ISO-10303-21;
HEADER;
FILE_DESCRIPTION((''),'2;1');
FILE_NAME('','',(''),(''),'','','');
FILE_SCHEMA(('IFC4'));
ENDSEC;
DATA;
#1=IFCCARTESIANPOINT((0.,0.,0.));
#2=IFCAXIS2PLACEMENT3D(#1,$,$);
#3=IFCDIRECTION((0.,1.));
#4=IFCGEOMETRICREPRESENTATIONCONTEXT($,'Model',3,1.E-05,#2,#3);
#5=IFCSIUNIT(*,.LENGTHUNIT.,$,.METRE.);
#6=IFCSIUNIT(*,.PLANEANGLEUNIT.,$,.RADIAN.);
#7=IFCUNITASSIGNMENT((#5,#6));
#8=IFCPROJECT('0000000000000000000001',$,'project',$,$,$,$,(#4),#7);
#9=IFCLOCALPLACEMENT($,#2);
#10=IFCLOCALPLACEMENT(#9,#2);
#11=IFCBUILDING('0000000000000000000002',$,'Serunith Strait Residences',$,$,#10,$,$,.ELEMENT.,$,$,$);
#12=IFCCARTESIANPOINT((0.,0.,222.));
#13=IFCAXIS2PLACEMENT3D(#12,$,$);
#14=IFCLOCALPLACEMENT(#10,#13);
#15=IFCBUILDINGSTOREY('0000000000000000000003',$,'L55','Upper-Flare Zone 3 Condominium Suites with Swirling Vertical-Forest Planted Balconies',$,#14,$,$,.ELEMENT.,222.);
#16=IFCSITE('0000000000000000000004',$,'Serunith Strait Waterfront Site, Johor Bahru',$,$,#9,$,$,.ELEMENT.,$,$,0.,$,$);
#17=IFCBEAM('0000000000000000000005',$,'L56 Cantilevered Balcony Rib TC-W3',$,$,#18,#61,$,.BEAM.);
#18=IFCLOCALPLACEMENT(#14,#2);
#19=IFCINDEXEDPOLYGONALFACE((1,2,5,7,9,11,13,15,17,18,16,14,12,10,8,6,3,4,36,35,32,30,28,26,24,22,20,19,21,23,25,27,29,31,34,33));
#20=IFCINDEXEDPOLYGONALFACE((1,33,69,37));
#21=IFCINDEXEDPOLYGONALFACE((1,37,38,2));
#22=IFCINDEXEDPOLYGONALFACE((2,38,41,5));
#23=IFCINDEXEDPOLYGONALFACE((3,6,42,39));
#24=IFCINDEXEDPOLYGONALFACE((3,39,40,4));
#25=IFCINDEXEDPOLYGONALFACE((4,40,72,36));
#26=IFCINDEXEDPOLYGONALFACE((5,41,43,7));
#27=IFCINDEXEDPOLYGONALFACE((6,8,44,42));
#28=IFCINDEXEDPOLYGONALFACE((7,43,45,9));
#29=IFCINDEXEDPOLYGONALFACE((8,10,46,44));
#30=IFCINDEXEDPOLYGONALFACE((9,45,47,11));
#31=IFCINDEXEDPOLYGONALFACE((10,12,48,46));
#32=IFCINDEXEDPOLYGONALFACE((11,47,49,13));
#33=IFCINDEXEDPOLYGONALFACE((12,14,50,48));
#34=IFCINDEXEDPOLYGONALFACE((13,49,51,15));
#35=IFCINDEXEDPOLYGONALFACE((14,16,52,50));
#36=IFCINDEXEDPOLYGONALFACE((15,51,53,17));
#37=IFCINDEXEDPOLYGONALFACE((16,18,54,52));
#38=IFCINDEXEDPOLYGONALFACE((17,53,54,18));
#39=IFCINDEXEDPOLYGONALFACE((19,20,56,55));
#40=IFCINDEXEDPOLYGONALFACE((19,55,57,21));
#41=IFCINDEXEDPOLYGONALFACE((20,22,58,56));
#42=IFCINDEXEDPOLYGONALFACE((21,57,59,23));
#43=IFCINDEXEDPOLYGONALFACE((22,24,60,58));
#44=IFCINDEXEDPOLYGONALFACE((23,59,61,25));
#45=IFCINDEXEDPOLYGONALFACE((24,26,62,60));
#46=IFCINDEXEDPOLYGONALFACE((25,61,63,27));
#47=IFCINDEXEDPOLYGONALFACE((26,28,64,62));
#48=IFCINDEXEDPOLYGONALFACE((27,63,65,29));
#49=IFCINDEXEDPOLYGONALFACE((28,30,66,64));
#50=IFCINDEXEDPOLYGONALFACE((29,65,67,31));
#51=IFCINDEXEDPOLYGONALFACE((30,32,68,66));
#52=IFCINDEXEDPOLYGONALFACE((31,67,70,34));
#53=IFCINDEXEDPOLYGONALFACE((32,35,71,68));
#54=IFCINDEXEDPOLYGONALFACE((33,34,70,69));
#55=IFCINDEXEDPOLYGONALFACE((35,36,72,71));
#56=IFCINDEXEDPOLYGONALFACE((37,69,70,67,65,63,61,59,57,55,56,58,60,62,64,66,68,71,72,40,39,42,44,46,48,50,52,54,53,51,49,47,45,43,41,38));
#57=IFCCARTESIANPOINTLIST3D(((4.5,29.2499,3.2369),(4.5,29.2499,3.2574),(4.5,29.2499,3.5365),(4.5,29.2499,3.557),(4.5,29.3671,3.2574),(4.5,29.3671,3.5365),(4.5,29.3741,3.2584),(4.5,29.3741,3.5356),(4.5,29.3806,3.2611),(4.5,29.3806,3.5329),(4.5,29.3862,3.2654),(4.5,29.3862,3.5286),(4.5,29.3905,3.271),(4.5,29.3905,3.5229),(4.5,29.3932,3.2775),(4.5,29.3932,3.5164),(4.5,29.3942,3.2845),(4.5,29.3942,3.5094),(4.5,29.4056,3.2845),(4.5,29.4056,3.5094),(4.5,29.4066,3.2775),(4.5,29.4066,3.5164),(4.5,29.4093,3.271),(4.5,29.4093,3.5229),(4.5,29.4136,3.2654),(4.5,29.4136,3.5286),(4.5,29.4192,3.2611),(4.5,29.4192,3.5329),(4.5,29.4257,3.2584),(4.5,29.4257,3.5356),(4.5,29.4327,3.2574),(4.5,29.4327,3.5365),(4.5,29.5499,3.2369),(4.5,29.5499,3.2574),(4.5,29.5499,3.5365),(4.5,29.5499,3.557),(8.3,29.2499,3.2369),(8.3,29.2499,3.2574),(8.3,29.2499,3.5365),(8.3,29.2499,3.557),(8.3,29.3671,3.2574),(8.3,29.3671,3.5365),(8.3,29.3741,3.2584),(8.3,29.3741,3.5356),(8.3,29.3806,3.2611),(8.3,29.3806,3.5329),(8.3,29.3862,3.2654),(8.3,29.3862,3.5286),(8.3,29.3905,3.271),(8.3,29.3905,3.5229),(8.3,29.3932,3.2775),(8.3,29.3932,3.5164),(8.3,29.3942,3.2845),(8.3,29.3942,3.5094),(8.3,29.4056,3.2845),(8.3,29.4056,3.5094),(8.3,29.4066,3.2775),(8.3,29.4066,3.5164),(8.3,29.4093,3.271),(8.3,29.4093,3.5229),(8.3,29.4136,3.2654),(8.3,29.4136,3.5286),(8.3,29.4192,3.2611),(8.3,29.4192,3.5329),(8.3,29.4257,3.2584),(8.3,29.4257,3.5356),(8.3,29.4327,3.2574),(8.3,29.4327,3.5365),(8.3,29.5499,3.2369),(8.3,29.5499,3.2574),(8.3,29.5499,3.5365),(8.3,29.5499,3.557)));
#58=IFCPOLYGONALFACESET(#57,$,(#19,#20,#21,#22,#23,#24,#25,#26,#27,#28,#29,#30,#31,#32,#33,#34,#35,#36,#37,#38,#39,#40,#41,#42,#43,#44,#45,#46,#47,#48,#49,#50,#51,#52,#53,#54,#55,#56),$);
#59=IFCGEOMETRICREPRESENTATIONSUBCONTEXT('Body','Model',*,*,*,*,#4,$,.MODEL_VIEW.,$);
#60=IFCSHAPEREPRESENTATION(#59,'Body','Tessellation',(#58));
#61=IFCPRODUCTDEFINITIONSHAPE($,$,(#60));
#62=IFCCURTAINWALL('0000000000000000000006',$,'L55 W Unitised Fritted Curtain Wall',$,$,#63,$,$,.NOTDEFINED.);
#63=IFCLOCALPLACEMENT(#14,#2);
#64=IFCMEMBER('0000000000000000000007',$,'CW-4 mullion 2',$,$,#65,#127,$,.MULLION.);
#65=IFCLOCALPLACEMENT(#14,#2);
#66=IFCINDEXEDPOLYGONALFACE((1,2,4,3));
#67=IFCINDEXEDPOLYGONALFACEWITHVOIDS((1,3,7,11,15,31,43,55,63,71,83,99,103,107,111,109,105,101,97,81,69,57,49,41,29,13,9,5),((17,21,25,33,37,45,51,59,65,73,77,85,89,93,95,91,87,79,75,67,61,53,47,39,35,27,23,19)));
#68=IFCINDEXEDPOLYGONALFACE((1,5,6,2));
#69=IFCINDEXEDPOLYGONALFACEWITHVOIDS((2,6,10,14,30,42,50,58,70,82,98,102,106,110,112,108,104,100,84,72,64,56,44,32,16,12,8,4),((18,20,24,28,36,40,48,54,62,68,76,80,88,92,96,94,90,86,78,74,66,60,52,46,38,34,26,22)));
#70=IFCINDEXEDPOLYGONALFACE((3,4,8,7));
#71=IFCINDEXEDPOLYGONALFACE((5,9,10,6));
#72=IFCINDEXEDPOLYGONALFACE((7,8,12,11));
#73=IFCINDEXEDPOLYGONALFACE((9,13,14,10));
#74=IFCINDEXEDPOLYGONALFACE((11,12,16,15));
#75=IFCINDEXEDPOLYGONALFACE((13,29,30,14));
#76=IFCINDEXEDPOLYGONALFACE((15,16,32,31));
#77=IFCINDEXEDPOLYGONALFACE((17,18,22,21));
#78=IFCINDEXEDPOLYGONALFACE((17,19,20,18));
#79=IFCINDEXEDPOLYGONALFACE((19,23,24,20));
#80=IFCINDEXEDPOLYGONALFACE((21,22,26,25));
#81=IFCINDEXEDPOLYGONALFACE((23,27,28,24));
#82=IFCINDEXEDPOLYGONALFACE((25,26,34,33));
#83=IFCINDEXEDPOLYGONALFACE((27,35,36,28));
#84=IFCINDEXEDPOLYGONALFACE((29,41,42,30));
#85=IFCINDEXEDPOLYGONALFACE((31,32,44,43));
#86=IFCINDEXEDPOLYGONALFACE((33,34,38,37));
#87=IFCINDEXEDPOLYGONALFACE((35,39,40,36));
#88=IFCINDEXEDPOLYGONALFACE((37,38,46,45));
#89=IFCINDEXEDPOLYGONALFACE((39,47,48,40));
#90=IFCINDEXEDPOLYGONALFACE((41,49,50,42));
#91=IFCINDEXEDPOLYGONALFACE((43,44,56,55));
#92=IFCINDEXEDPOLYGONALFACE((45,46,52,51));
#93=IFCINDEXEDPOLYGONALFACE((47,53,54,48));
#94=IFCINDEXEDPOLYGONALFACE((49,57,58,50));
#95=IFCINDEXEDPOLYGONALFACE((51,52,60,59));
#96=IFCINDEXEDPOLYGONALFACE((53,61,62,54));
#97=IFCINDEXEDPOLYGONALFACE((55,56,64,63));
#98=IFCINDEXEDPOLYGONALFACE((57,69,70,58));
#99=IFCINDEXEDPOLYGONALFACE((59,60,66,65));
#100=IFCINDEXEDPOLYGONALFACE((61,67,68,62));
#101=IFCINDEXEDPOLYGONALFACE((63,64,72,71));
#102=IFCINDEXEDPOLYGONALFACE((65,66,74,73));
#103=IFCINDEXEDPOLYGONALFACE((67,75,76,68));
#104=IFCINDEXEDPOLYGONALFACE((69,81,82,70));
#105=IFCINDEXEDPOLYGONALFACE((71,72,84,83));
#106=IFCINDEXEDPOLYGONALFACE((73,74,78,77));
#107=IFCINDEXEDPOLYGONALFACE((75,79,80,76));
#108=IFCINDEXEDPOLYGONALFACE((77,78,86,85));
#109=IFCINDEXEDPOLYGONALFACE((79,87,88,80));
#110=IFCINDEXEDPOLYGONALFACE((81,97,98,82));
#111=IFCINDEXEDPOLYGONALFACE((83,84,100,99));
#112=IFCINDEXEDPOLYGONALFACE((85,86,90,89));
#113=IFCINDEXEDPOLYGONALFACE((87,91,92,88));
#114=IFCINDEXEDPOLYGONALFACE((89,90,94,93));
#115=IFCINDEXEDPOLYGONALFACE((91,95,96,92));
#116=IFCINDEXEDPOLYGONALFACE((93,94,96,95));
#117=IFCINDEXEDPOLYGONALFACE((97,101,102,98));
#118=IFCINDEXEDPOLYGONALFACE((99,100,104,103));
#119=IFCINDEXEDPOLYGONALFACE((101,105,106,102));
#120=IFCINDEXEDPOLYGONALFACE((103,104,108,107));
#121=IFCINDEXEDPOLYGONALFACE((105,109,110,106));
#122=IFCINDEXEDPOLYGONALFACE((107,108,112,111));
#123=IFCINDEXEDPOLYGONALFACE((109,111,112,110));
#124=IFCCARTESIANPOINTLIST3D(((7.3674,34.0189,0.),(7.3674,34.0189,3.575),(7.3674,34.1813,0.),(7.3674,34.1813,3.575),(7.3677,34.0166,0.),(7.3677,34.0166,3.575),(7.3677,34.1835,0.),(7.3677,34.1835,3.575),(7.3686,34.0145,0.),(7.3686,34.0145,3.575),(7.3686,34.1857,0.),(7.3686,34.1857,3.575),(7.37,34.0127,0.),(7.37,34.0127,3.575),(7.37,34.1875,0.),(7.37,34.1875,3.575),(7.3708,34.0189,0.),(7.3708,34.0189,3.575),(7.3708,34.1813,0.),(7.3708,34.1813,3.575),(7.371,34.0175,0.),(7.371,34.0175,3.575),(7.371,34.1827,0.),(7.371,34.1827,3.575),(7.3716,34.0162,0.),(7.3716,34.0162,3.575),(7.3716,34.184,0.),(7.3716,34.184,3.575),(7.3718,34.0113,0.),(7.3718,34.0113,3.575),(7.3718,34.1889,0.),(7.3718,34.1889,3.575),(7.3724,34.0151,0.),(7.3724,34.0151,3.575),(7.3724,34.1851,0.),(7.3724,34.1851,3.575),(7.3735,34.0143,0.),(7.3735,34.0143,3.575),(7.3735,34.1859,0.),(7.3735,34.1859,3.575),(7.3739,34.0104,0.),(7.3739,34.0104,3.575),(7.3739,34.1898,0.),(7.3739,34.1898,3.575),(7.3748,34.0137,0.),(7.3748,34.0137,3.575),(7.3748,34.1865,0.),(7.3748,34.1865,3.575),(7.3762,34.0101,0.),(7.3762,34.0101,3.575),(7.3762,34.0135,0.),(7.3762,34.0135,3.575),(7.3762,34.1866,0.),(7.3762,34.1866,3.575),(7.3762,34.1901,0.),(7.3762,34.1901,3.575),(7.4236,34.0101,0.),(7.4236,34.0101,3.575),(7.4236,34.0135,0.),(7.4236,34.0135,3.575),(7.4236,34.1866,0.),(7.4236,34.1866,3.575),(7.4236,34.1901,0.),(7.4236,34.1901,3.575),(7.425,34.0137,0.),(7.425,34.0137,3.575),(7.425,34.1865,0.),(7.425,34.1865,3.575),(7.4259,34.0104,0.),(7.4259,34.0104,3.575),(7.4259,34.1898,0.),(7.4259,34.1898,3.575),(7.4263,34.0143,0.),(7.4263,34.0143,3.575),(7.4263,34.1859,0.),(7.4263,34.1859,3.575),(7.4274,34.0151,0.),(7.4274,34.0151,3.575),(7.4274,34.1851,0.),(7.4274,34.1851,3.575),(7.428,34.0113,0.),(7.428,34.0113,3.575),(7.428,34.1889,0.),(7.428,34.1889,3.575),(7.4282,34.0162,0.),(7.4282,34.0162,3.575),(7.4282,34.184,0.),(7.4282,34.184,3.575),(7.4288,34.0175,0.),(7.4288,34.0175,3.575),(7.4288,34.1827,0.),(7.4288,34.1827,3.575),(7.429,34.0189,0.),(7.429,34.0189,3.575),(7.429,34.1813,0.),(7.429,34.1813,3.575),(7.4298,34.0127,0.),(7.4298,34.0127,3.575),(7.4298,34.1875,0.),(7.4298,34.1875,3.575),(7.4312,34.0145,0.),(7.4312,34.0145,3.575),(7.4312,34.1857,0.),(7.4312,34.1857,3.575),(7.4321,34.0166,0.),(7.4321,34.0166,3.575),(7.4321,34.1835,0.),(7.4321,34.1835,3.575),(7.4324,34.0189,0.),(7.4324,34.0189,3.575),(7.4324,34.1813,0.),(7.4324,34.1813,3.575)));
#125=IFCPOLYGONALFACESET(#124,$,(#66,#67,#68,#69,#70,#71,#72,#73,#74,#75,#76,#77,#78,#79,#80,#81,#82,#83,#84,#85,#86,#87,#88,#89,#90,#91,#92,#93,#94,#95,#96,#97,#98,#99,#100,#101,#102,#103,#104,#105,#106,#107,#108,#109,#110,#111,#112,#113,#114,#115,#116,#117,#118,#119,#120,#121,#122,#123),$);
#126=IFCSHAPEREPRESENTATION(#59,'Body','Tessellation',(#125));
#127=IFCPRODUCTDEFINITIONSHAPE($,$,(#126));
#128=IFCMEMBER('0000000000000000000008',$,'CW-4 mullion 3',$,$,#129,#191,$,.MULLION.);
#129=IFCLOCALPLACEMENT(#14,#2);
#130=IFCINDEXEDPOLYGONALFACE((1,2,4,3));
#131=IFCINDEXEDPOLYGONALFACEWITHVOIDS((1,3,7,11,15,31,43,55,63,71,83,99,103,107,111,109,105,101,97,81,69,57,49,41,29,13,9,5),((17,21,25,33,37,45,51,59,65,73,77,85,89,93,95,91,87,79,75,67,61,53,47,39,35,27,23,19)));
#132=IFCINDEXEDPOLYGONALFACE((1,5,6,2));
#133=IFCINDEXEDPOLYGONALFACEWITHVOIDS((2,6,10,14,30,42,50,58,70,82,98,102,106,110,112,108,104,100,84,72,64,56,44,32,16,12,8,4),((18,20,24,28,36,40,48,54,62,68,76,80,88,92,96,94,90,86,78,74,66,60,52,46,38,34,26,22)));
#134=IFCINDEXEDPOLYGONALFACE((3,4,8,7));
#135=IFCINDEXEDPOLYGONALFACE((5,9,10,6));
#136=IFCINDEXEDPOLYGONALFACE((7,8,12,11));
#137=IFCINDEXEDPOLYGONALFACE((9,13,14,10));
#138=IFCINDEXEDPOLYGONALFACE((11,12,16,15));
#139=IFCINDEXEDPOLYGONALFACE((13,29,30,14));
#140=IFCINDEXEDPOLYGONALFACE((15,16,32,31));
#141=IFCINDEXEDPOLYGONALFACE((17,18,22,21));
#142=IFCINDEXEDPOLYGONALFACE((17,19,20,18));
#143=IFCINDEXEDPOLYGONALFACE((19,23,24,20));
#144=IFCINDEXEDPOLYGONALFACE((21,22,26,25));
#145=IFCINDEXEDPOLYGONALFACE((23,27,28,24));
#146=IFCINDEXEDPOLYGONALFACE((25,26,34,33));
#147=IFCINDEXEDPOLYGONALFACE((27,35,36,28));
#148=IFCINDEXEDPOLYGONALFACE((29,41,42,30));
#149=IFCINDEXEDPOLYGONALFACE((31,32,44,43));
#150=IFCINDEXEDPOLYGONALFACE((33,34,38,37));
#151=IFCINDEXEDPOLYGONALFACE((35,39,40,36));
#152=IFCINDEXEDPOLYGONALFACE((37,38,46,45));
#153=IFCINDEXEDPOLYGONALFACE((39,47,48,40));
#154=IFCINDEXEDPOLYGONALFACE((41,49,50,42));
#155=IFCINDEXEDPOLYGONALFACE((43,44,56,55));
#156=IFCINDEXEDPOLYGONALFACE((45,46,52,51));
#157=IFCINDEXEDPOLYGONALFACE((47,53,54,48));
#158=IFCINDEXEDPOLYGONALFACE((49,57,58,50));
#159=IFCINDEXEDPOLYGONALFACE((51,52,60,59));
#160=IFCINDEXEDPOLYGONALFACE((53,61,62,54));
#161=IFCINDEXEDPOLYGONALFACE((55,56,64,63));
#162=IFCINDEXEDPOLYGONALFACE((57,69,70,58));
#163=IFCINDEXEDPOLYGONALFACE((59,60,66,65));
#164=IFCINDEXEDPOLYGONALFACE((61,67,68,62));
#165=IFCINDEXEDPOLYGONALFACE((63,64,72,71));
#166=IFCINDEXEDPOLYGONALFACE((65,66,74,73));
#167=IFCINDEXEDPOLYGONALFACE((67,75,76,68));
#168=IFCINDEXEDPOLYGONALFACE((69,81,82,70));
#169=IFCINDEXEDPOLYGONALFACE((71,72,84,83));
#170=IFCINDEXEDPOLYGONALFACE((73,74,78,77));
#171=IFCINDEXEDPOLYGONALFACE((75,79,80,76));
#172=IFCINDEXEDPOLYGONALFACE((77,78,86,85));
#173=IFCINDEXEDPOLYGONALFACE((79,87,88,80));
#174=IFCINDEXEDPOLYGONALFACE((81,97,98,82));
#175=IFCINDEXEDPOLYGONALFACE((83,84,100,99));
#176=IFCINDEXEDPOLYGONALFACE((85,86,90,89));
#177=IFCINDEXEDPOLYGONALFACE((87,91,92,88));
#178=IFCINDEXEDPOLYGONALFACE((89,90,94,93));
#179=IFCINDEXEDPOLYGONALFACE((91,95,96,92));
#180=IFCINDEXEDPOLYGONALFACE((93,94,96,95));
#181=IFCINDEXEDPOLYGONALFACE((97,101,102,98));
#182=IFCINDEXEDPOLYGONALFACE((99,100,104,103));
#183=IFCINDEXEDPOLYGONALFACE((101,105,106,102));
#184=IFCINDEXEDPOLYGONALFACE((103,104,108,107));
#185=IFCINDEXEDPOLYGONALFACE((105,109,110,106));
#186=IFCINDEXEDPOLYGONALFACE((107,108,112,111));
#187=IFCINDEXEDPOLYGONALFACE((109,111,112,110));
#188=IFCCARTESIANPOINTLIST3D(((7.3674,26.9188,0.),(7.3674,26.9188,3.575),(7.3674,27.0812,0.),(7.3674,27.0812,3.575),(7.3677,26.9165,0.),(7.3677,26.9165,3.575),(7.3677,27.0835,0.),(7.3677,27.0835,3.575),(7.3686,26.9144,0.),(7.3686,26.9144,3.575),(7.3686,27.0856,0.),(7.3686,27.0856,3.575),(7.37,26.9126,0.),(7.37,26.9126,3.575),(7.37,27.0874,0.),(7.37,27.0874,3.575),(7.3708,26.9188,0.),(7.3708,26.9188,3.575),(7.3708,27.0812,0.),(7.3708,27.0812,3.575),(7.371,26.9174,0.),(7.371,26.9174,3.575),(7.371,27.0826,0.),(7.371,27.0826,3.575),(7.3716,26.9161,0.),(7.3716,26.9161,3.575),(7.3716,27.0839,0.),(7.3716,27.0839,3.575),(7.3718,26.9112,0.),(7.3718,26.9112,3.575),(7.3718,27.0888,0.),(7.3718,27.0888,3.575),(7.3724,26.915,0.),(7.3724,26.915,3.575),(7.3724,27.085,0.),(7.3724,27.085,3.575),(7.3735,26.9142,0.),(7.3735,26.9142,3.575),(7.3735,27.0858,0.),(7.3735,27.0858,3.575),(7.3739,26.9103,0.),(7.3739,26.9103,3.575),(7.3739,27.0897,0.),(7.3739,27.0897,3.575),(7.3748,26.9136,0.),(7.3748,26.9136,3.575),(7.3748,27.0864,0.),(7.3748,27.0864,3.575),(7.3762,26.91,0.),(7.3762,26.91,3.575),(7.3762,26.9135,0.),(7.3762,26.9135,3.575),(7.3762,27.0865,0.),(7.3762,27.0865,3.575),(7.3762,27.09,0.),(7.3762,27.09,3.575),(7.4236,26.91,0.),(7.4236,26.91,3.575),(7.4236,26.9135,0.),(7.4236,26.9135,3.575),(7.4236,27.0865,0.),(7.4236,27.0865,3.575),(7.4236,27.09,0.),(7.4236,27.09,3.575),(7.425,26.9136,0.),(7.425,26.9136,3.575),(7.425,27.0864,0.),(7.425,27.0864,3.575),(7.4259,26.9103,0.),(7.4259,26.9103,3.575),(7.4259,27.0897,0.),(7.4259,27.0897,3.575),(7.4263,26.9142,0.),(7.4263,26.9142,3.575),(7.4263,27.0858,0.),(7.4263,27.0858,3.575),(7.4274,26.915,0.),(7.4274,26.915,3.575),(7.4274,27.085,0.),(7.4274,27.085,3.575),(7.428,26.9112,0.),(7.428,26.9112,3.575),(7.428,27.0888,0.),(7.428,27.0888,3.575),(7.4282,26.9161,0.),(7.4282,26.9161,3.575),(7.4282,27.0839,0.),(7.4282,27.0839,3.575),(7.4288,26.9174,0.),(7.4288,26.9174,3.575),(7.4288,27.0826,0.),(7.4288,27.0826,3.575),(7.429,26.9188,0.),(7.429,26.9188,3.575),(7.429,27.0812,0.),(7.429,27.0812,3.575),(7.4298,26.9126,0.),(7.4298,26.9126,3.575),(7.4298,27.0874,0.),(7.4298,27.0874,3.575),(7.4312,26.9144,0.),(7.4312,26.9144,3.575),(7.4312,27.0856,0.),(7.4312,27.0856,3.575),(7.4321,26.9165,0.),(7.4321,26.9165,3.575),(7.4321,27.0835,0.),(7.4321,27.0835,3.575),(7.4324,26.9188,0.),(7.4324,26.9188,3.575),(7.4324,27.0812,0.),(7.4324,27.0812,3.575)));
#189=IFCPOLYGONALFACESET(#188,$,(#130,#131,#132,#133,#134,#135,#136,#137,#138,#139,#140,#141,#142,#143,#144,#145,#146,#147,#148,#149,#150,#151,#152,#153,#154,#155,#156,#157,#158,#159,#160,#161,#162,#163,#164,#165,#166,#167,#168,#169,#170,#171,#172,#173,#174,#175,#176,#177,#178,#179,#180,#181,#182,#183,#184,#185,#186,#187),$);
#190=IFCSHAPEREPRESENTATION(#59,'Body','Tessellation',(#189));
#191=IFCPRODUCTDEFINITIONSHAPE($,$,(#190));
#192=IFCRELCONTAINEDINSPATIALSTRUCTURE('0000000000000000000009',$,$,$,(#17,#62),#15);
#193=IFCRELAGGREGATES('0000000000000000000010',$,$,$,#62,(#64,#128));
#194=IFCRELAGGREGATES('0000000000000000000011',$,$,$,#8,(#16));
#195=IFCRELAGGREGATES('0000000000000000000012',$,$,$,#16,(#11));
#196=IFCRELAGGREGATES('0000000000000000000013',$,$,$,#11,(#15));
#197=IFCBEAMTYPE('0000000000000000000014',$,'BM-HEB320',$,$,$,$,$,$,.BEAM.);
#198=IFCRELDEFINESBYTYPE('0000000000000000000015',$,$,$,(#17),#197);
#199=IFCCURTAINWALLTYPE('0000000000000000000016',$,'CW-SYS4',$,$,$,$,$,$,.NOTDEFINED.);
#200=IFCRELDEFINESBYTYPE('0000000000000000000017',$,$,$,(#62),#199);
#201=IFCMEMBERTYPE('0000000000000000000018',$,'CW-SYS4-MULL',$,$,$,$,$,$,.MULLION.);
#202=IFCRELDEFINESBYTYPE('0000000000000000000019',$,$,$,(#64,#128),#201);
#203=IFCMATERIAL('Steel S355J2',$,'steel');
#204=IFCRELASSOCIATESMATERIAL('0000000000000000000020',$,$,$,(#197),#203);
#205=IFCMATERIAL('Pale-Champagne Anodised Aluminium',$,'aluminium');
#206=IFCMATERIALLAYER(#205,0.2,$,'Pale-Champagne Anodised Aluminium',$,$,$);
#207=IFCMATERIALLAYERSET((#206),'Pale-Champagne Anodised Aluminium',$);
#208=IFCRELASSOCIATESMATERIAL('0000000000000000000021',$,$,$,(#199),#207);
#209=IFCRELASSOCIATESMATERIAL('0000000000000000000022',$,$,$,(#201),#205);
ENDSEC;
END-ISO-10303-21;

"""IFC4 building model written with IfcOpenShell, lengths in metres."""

from ifc_helpers import new_model, si_unit, direction, frame, origin, origin_2d, place, context, subcontext, project, spatial, hollow_rectangle, i_section, extrude, source, transform, mapped, material, layer, layer_set, material_profile, profile_set, type_object, element, aggregate, save


model = new_model("IFC4")

# Units and contexts
model_context = context("Model", 3, precision=1e-05, world=origin(), true_north=direction((0.0, 1.0)))
body_context = subcontext(model_context, "Body", "Model", "MODEL_VIEW")
ifc_project = project(units=[si_unit("LENGTHUNIT", "METRE"), si_unit("PLANEANGLEUNIT", "RADIAN")], contexts=[model_context])

# Site, building, storey
site_placement = place(None, origin())
site = spatial("IfcSite", under=ifc_project, at=site_placement, Name="Serunith Strait Waterfront Site, Johor Bahru", CompositionType="ELEMENT", RefElevation=0.0)
building_placement = place(site_placement, origin())
building = spatial("IfcBuilding", under=site, at=building_placement, Name="Serunith Strait Residences", CompositionType="ELEMENT")
storey_placement = place(building_placement, frame((0.0, 0.0, 222.0)))
storey = spatial("IfcBuildingStorey", under=building, at=storey_placement, Name="L55", Description="Upper-Flare Zone 3 Condominium Suites with Swirling Vertical-Forest Planted Balconies", CompositionType="ELEMENT", Elevation=222.0)

# Beam
ifc_material_1 = material(Name="Steel S355J2", Category="steel")
ifc_material_profile_1 = material_profile(ifc_material_1, i_section(OverallWidth=0.3, OverallDepth=0.3201, WebThickness=0.0115, FlangeThickness=0.0205, FilletRadius=0.0271, at=origin_2d()), Name="HEB 320")
ifc_profile_set_1 = profile_set([ifc_material_profile_1], Name="Steel S355J2")
beam_type_1 = type_object("IfcBeamType", Name="BM-HEB320", PredefinedType="BEAM", material=ifc_profile_set_1)
shared_shape_1 = source(origin(), body_context, "Body", "SweptSolid", [
    extrude(i_section(OverallWidth=0.3, OverallDepth=0.3201, WebThickness=0.0115, FlangeThickness=0.0205, FilletRadius=0.0271, at=origin_2d()), origin(), (0.0, 0.0, 1.0), 3.8),
])
beam_1_placement = place(storey_placement, frame((8.3, 29.3999, 3.397), z_axis=(-1.0, 0.0, 0.0), x_axis=(0.0, -1.0, 0.0)))
element("IfcBeam", 1, at=beam_1_placement, inside=storey, type_object=beam_type_1, Name="L56 Cantilevered Balcony Rib TC-W3", PredefinedType="BEAM", context=body_context, shape_type="MappedRepresentation", body=[
    mapped(shared_shape_1, transform((0.0, 0.0, 0.0), scale=1.0)),
])

# Curtain wall, members
ifc_material_2 = material(Name="Pale-Champagne Anodised Aluminium", Category="aluminium")
ifc_layer_1 = layer(ifc_material_2, 0.2, Name="Pale-Champagne Anodised Aluminium")
ifc_layer_set_1 = layer_set([ifc_layer_1], Name="Pale-Champagne Anodised Aluminium")
curtain_wall_type = type_object("IfcCurtainWallType", Name="CW-SYS4", PredefinedType="NOTDEFINED", material=ifc_layer_set_1)
curtain_wall_placement = place(storey_placement, origin())
curtain_wall = element("IfcCurtainWall", 2, at=curtain_wall_placement, inside=storey, type_object=curtain_wall_type, Name="L55 W Unitised Fritted Curtain Wall", PredefinedType="NOTDEFINED")
ifc_material_profile_2 = material_profile(ifc_material_2, hollow_rectangle(XDim=0.0649, YDim=0.1799, WallThickness=0.0034, InnerFilletRadius=0.0054, OuterFilletRadius=0.0088, at=origin_2d()), Name="ALU 180x65x3.5")
ifc_profile_set_2 = profile_set([ifc_material_profile_2], Name="Pale-Champagne Anodised Aluminium")
member_type_1 = type_object("IfcMemberType", Name="CW-SYS4-MULL", PredefinedType="MULLION", material=ifc_profile_set_2)
shared_shape_2 = source(origin(), body_context, "Body", "SweptSolid", [
    extrude(hollow_rectangle(XDim=0.0649, YDim=0.1799, WallThickness=0.0034, InnerFilletRadius=0.0054, OuterFilletRadius=0.0088, at=origin_2d()), origin(), (0.0, 0.0, 1.0), 3.575),
])
member_1_placement = place(storey_placement, frame((7.3999, 34.1001, 0.0), z_axis=(0.0, 0.0, 1.0), x_axis=(1.0, 0.0, 0.0)))
member_1 = element("IfcMember", 3, at=member_1_placement, type_object=member_type_1, Name="CW-4 mullion 2", PredefinedType="MULLION", context=body_context, shape_type="MappedRepresentation", body=[
    mapped(shared_shape_2, transform((0.0, 0.0, 0.0), scale=1.0)),
])
member_2_placement = place(storey_placement, frame((7.3999, 27.0, 0.0), z_axis=(0.0, 0.0, 1.0), x_axis=(1.0, 0.0, 0.0)))
member_2 = element("IfcMember", 4, at=member_2_placement, type_object=member_type_1, Name="CW-4 mullion 3", PredefinedType="MULLION", context=body_context, shape_type="MappedRepresentation", body=[
    mapped(shared_shape_2, transform((0.0, 0.0, 0.0), scale=1.0)),
])
aggregate(curtain_wall, [member_1, member_2])

save(model, "model.ifc")
